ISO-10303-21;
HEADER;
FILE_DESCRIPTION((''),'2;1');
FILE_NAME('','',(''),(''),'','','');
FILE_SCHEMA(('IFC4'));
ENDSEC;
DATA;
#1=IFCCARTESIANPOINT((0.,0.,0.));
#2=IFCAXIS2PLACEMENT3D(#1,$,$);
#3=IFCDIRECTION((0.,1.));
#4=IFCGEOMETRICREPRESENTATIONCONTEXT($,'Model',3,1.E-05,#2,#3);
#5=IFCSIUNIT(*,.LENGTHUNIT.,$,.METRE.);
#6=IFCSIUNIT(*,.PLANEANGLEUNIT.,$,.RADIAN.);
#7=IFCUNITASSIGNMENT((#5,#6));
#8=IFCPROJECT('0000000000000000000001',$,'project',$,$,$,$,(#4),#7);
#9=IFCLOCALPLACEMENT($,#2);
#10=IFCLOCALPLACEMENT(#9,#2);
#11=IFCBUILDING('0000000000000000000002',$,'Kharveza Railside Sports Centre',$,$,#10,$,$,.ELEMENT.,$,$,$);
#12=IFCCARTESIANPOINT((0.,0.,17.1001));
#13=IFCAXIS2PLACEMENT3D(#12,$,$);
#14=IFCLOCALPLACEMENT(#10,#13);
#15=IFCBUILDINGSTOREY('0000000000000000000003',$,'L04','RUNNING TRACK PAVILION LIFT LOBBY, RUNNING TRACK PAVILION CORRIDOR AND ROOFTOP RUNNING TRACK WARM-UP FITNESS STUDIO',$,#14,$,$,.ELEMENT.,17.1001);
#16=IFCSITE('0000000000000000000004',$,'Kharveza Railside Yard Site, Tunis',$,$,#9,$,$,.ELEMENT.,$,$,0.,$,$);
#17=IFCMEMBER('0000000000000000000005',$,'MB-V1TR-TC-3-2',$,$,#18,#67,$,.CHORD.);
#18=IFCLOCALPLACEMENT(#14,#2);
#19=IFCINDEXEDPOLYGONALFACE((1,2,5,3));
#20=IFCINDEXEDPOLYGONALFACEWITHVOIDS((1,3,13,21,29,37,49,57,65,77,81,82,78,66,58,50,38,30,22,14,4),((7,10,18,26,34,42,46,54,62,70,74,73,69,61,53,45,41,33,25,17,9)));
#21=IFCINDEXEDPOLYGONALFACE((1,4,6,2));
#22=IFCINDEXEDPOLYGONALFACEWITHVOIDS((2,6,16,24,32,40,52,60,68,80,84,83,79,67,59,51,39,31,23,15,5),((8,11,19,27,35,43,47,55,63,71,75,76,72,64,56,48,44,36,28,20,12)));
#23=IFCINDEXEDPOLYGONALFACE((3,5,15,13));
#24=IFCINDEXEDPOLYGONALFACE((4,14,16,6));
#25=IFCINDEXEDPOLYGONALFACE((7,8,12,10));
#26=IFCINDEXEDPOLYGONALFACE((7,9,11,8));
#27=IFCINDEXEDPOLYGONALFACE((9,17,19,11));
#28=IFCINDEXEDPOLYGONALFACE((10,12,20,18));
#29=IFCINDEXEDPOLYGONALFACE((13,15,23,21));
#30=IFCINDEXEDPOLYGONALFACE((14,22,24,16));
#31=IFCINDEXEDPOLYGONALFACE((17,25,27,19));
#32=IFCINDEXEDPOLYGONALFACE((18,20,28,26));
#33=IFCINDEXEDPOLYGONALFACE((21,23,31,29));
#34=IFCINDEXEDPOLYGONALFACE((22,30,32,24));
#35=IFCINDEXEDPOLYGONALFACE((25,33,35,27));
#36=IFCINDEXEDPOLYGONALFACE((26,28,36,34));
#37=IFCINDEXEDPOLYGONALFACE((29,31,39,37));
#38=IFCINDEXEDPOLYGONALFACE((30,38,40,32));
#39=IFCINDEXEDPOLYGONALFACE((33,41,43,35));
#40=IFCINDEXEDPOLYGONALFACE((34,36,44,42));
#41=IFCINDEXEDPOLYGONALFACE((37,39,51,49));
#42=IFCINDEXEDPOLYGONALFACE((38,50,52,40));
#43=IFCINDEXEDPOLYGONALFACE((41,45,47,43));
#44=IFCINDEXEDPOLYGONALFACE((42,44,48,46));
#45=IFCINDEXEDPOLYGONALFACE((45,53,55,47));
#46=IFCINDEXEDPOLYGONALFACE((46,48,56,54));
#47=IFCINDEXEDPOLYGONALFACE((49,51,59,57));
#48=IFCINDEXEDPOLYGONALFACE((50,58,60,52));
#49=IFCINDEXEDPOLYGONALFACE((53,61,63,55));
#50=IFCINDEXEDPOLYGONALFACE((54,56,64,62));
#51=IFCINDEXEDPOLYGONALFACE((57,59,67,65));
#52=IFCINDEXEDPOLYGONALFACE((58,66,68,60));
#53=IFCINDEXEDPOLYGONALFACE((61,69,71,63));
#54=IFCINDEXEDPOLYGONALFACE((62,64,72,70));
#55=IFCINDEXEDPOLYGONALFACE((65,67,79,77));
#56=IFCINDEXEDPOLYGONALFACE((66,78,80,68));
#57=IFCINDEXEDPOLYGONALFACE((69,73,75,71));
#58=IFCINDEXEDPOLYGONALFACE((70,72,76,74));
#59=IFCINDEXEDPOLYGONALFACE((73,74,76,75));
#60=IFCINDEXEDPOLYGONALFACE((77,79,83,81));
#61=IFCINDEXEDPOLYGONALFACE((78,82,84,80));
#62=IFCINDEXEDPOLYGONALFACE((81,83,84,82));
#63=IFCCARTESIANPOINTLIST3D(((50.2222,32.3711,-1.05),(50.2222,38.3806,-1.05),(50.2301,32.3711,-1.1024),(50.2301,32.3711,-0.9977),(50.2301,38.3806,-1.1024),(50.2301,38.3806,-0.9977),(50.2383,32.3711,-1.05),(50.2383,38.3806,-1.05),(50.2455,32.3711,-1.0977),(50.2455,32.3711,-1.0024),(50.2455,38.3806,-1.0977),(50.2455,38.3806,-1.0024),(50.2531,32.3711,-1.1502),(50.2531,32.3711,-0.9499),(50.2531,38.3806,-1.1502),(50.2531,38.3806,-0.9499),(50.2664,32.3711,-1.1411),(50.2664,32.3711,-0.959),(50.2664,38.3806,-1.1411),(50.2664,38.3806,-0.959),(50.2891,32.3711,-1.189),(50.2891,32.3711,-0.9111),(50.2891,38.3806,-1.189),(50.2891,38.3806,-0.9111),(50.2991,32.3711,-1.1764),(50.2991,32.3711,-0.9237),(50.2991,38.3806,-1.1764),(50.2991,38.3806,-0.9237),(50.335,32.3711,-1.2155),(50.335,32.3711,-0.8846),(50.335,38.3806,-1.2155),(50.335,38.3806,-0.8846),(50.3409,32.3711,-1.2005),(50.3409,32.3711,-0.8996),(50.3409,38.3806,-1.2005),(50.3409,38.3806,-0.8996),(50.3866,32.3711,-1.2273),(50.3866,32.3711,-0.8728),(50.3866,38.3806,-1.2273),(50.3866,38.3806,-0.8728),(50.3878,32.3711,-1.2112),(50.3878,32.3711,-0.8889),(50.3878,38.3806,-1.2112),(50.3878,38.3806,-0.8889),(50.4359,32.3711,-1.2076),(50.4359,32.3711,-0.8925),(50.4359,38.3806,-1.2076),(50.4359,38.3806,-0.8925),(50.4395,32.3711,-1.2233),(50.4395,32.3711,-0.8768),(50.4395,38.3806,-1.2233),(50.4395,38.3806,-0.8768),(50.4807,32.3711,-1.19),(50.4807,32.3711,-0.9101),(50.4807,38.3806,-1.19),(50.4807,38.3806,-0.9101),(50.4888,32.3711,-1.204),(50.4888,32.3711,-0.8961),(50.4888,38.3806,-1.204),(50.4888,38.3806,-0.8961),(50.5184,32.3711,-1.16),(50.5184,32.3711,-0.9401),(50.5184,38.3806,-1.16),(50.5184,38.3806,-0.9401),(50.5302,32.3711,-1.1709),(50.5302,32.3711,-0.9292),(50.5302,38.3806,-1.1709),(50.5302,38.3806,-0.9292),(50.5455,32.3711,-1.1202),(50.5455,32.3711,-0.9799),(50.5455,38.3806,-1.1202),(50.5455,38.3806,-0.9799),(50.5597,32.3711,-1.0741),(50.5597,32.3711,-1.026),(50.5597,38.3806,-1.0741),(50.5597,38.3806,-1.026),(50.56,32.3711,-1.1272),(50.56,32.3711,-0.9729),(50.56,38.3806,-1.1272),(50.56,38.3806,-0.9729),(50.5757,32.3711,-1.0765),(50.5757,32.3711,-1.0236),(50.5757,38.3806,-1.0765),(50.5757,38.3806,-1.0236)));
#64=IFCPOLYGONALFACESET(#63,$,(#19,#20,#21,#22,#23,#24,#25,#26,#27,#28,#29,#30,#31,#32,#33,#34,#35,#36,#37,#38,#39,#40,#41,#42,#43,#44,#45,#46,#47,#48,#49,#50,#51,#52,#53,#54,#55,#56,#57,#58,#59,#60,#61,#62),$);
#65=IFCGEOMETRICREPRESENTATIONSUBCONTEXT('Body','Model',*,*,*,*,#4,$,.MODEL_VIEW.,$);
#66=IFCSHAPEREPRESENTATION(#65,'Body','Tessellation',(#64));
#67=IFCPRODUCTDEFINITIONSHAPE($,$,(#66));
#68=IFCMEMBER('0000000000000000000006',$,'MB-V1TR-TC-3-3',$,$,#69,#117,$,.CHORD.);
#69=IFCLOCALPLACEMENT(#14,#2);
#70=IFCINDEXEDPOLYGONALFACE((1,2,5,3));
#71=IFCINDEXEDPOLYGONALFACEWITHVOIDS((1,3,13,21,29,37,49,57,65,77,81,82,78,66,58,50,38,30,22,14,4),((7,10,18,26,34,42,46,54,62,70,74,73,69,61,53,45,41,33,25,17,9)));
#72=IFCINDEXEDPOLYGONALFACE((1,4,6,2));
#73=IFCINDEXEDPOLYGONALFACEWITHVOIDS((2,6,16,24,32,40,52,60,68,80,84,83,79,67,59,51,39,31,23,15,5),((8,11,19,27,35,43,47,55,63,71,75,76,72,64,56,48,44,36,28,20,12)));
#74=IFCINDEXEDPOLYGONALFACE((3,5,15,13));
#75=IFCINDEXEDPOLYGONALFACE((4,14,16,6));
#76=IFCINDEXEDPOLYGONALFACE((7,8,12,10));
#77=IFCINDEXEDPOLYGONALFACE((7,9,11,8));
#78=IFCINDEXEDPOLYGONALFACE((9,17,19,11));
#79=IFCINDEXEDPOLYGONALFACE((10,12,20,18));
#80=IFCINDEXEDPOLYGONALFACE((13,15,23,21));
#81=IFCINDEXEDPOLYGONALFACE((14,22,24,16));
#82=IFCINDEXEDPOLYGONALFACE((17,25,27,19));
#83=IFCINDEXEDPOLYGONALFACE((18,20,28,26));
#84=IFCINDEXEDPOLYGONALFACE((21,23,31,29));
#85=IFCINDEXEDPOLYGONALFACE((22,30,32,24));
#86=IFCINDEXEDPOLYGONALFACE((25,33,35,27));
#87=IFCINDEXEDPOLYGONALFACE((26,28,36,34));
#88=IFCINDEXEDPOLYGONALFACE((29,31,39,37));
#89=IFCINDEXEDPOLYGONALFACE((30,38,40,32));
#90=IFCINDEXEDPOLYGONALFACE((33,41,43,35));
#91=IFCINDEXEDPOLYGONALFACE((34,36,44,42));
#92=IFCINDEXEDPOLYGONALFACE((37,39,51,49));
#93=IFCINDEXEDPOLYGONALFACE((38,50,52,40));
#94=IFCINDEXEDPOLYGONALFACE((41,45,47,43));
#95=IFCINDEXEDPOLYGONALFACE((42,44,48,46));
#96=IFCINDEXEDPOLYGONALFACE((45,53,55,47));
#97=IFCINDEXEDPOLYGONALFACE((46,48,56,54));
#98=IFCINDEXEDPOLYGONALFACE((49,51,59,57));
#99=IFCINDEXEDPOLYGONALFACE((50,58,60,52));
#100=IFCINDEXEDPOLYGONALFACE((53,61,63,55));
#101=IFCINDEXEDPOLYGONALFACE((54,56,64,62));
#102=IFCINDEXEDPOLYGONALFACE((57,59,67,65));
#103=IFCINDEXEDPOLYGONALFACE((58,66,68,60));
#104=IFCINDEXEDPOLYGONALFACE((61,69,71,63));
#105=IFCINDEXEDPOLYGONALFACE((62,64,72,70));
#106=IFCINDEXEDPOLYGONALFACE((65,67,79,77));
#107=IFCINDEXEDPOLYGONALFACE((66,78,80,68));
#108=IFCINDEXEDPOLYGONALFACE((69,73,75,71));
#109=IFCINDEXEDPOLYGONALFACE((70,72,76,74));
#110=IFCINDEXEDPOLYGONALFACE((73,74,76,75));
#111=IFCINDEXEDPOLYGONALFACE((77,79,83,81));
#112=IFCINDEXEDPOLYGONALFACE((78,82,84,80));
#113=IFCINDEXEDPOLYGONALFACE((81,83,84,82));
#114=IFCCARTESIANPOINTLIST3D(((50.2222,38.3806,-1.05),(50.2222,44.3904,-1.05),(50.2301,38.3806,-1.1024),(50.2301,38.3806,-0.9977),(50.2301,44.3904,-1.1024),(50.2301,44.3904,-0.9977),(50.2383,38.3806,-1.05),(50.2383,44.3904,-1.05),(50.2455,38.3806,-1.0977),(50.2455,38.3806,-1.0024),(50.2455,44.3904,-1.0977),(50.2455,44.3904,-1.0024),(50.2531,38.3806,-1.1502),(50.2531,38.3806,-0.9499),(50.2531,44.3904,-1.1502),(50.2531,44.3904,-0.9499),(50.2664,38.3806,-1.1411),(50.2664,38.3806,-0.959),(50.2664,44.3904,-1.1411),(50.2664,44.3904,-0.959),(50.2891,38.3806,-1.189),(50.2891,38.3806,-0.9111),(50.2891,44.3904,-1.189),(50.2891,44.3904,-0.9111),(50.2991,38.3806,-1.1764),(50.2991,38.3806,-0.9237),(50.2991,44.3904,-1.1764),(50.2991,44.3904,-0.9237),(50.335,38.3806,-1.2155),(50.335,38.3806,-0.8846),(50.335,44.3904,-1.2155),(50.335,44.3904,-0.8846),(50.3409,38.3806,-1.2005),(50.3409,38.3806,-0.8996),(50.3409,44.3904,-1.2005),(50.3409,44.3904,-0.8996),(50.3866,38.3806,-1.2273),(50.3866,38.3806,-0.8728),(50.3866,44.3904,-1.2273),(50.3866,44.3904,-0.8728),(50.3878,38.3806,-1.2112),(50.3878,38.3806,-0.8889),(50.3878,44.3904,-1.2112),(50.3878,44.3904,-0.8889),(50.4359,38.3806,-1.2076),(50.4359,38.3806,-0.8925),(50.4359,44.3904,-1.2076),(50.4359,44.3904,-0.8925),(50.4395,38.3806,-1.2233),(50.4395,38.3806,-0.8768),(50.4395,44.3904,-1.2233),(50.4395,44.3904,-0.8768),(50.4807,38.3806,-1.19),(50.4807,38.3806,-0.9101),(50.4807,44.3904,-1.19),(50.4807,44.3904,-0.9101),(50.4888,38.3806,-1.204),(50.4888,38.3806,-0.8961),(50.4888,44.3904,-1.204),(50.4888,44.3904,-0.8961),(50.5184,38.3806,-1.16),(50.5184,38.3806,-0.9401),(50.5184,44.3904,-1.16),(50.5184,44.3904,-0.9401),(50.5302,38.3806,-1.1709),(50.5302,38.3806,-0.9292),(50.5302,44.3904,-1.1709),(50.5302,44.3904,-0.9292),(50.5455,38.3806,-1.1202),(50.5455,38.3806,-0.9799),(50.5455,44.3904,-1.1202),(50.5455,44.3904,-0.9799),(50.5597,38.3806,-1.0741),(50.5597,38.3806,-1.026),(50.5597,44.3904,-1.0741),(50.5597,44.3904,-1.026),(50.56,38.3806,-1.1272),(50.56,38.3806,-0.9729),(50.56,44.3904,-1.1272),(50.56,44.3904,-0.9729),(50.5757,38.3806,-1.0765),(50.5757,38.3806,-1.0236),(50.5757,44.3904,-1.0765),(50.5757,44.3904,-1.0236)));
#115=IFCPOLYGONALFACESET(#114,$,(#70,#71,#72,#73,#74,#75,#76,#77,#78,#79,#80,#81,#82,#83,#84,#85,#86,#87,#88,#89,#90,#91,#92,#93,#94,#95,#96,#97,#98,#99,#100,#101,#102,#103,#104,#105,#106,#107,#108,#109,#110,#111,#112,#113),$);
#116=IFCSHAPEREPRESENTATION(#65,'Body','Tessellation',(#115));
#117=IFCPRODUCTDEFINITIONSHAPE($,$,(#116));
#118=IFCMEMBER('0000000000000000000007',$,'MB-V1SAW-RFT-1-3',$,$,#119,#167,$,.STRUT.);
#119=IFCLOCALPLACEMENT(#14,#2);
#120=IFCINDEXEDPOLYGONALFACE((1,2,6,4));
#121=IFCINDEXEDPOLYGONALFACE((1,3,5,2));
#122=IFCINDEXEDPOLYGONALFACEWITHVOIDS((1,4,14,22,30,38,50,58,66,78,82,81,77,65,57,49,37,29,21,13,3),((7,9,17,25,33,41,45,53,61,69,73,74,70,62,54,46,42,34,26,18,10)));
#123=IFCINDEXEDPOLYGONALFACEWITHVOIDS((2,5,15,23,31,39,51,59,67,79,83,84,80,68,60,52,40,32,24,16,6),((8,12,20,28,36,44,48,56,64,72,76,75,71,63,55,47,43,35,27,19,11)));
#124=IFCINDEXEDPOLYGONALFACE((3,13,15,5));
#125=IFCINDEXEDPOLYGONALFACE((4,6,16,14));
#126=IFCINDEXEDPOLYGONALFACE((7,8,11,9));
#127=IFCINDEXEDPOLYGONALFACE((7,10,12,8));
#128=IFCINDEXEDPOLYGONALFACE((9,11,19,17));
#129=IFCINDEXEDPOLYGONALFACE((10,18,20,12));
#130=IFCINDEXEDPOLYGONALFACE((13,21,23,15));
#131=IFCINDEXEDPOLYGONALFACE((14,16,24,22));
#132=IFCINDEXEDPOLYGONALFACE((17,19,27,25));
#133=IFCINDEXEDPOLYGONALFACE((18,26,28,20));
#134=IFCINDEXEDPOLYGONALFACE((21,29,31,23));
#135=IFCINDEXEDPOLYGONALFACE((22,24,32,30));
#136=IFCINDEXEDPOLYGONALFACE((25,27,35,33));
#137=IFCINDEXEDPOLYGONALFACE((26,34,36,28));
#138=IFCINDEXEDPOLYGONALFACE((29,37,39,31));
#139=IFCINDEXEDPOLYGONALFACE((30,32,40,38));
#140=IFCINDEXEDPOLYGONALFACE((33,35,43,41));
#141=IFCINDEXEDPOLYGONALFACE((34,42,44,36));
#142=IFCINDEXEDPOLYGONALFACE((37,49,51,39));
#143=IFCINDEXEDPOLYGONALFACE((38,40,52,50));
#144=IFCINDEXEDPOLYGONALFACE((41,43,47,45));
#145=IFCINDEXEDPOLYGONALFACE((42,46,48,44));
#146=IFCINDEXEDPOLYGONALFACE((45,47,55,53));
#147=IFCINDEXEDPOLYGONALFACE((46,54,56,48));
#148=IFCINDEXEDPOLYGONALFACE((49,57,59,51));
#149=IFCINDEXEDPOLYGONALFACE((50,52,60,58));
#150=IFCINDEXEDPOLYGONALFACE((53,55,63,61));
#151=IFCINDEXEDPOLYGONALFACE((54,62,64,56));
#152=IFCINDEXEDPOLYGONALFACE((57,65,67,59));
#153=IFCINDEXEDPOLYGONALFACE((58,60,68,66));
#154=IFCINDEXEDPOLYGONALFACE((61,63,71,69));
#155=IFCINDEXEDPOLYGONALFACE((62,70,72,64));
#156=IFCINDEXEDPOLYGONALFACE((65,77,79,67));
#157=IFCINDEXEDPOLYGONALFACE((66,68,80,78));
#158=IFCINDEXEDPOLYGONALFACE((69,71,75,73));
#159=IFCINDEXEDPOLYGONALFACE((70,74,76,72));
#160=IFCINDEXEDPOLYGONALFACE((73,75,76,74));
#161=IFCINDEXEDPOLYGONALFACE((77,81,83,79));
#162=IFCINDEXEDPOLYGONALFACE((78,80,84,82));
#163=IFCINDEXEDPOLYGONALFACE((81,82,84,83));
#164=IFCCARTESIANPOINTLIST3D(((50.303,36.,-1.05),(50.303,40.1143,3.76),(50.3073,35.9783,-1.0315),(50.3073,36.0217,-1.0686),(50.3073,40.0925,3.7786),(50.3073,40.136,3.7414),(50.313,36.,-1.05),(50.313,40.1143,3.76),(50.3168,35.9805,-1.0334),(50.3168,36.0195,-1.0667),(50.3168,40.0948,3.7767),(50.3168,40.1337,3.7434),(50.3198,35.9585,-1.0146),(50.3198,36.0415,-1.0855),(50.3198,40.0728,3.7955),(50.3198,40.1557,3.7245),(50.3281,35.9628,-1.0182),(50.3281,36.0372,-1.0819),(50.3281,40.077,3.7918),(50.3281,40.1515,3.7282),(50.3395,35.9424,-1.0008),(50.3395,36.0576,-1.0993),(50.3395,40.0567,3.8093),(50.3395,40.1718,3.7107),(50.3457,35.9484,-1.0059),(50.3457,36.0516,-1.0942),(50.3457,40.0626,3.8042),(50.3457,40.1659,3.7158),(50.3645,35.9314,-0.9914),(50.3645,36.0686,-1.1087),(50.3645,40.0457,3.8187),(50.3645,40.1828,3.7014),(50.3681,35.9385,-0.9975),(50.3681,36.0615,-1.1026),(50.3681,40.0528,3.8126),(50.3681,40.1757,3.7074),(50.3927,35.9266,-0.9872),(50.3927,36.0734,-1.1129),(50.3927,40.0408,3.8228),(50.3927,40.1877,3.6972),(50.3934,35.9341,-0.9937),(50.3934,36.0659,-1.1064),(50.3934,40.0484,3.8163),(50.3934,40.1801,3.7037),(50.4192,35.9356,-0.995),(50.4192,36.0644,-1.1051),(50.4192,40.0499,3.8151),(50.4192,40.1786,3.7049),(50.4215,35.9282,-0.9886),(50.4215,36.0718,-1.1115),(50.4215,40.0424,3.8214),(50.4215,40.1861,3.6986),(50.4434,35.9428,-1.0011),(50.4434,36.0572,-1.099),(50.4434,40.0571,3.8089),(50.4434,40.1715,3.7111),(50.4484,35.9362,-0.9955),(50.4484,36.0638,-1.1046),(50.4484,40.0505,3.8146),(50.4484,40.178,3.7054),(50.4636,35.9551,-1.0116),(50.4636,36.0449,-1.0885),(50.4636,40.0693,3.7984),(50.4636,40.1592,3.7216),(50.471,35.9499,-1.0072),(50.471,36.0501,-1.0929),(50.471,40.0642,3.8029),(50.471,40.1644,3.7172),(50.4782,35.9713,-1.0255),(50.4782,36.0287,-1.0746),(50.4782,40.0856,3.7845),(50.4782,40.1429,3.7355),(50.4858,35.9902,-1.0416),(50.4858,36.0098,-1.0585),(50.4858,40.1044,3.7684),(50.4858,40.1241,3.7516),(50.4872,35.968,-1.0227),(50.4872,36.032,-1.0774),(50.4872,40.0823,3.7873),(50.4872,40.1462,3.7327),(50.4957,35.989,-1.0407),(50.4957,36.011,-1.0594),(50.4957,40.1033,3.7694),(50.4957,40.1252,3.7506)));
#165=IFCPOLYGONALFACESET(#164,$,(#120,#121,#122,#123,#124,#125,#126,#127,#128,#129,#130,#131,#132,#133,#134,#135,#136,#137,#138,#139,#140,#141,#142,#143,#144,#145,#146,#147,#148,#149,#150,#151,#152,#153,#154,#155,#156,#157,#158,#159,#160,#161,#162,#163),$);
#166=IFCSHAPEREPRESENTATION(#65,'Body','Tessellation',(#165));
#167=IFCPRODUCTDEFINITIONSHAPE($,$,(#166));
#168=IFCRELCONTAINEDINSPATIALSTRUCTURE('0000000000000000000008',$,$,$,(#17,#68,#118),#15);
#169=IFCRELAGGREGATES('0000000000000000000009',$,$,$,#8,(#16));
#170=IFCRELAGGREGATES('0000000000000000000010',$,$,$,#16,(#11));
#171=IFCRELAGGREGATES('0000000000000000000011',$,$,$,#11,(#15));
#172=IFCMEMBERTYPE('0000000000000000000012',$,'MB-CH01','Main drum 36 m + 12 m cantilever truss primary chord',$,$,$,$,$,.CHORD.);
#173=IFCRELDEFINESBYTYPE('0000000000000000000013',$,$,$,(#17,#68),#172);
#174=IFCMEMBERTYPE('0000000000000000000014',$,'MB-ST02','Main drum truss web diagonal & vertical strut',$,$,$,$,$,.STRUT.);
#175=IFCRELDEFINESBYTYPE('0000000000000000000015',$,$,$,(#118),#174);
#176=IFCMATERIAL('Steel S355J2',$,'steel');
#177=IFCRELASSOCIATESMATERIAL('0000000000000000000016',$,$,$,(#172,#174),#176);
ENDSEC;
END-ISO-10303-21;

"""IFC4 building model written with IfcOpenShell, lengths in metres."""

from ifc_helpers import new_model, si_unit, direction, frame, origin, origin_2d, place, context, subcontext, project, spatial, hollow_circle, extrude, material, material_profile, profile_set, type_object, element, save


model = new_model("IFC4")

# Units and contexts
model_context = context("Model", 3, precision=1e-05, world=origin(), true_north=direction((0.0, 1.0)))
body_context = subcontext(model_context, "Body", "Model", "MODEL_VIEW")
ifc_project = project(units=[si_unit("LENGTHUNIT", "METRE"), si_unit("PLANEANGLEUNIT", "RADIAN")], contexts=[model_context])

# Site, building, storey
site_placement = place(None, origin())
site = spatial("IfcSite", under=ifc_project, at=site_placement, Name="Kharveza Railside Yard Site, Tunis", CompositionType="ELEMENT", RefElevation=0.0)
building_placement = place(site_placement, origin())
building = spatial("IfcBuilding", under=site, at=building_placement, Name="Kharveza Railside Sports Centre", CompositionType="ELEMENT")
storey_placement = place(building_placement, frame((0.0, 0.0, 17.1001)))
storey = spatial("IfcBuildingStorey", under=building, at=storey_placement, Name="L04", Description="RUNNING TRACK PAVILION LIFT LOBBY, RUNNING TRACK PAVILION CORRIDOR AND ROOFTOP RUNNING TRACK WARM-UP FITNESS STUDIO", CompositionType="ELEMENT", Elevation=17.1001)

# Members
ifc_material_1 = material(Name="Steel S355J2", Category="steel")
ifc_material_profile_1 = material_profile(ifc_material_1, hollow_circle(Radius=0.1777, WallThickness=0.0161, at=origin_2d()), Name="CHS 355.6x16.0")
ifc_profile_set_1 = profile_set([ifc_material_profile_1], Name="Steel S355J2")
member_type_1 = type_object("IfcMemberType", Name="MB-CH01", Description="Main drum 36 m + 12 m cantilever truss primary chord", PredefinedType="CHORD", material=ifc_profile_set_1)
for number, where, z_axis, x_axis, name in (
    (1, (50.3999, 32.3711, -1.05), (0.0, 1.0, 0.0), (-1.0, 0.0, 0.0), "MB-V1TR-TC-3-2"),
):
    element("IfcMember", number, at=place(storey_placement, frame(where, z_axis=z_axis, x_axis=x_axis)), inside=storey, type_object=member_type_1, Name=name, PredefinedType="CHORD", context=body_context, shape_type="SweptSolid", body=[
        extrude(hollow_circle(Radius=0.1777, WallThickness=0.0161, at=origin_2d()), origin(), (0.0, 0.0, 1.0), 6.0095),
    ])
member_1_placement = place(storey_placement, frame((50.3999, 38.3806, -1.05), z_axis=(0.0, 1.0, 0.0), x_axis=(-1.0, 0.0, 0.0)))
element("IfcMember", 2, at=member_1_placement, inside=storey, type_object=member_type_1, Name="MB-V1TR-TC-3-3", PredefinedType="CHORD", context=body_context, shape_type="SweptSolid", body=[
    extrude(hollow_circle(Radius=0.1777, WallThickness=0.0161, at=origin_2d()), origin(), (0.0, 0.0, 1.0), 6.0098),
])
ifc_material_profile_2 = material_profile(ifc_material_1, hollow_circle(Radius=0.0969, WallThickness=0.01, at=origin_2d()), Name="CHS 193.7x10.0")
ifc_profile_set_2 = profile_set([ifc_material_profile_2], Name="Steel S355J2")
member_type_2 = type_object("IfcMemberType", Name="MB-ST02", Description="Main drum truss web diagonal & vertical strut", PredefinedType="STRUT", material=ifc_profile_set_2)
for number, where, z_axis, x_axis, name in (
    (3, (50.3999, 36.0, -1.05), (0.0, 0.650003, 0.759931), (-1.0, 0.0, 0.0), "MB-V1SAW-RFT-1-3"),
):
    element("IfcMember", number, at=place(storey_placement, frame(where, z_axis=z_axis, x_axis=x_axis)), inside=storey, type_object=member_type_2, Name=name, PredefinedType="STRUT", context=body_context, shape_type="SweptSolid", body=[
        extrude(hollow_circle(Radius=0.0969, WallThickness=0.01, at=origin_2d()), origin(), (0.0, 0.0, 1.0), 6.3296),
    ])

save(model, "model.ifc")
